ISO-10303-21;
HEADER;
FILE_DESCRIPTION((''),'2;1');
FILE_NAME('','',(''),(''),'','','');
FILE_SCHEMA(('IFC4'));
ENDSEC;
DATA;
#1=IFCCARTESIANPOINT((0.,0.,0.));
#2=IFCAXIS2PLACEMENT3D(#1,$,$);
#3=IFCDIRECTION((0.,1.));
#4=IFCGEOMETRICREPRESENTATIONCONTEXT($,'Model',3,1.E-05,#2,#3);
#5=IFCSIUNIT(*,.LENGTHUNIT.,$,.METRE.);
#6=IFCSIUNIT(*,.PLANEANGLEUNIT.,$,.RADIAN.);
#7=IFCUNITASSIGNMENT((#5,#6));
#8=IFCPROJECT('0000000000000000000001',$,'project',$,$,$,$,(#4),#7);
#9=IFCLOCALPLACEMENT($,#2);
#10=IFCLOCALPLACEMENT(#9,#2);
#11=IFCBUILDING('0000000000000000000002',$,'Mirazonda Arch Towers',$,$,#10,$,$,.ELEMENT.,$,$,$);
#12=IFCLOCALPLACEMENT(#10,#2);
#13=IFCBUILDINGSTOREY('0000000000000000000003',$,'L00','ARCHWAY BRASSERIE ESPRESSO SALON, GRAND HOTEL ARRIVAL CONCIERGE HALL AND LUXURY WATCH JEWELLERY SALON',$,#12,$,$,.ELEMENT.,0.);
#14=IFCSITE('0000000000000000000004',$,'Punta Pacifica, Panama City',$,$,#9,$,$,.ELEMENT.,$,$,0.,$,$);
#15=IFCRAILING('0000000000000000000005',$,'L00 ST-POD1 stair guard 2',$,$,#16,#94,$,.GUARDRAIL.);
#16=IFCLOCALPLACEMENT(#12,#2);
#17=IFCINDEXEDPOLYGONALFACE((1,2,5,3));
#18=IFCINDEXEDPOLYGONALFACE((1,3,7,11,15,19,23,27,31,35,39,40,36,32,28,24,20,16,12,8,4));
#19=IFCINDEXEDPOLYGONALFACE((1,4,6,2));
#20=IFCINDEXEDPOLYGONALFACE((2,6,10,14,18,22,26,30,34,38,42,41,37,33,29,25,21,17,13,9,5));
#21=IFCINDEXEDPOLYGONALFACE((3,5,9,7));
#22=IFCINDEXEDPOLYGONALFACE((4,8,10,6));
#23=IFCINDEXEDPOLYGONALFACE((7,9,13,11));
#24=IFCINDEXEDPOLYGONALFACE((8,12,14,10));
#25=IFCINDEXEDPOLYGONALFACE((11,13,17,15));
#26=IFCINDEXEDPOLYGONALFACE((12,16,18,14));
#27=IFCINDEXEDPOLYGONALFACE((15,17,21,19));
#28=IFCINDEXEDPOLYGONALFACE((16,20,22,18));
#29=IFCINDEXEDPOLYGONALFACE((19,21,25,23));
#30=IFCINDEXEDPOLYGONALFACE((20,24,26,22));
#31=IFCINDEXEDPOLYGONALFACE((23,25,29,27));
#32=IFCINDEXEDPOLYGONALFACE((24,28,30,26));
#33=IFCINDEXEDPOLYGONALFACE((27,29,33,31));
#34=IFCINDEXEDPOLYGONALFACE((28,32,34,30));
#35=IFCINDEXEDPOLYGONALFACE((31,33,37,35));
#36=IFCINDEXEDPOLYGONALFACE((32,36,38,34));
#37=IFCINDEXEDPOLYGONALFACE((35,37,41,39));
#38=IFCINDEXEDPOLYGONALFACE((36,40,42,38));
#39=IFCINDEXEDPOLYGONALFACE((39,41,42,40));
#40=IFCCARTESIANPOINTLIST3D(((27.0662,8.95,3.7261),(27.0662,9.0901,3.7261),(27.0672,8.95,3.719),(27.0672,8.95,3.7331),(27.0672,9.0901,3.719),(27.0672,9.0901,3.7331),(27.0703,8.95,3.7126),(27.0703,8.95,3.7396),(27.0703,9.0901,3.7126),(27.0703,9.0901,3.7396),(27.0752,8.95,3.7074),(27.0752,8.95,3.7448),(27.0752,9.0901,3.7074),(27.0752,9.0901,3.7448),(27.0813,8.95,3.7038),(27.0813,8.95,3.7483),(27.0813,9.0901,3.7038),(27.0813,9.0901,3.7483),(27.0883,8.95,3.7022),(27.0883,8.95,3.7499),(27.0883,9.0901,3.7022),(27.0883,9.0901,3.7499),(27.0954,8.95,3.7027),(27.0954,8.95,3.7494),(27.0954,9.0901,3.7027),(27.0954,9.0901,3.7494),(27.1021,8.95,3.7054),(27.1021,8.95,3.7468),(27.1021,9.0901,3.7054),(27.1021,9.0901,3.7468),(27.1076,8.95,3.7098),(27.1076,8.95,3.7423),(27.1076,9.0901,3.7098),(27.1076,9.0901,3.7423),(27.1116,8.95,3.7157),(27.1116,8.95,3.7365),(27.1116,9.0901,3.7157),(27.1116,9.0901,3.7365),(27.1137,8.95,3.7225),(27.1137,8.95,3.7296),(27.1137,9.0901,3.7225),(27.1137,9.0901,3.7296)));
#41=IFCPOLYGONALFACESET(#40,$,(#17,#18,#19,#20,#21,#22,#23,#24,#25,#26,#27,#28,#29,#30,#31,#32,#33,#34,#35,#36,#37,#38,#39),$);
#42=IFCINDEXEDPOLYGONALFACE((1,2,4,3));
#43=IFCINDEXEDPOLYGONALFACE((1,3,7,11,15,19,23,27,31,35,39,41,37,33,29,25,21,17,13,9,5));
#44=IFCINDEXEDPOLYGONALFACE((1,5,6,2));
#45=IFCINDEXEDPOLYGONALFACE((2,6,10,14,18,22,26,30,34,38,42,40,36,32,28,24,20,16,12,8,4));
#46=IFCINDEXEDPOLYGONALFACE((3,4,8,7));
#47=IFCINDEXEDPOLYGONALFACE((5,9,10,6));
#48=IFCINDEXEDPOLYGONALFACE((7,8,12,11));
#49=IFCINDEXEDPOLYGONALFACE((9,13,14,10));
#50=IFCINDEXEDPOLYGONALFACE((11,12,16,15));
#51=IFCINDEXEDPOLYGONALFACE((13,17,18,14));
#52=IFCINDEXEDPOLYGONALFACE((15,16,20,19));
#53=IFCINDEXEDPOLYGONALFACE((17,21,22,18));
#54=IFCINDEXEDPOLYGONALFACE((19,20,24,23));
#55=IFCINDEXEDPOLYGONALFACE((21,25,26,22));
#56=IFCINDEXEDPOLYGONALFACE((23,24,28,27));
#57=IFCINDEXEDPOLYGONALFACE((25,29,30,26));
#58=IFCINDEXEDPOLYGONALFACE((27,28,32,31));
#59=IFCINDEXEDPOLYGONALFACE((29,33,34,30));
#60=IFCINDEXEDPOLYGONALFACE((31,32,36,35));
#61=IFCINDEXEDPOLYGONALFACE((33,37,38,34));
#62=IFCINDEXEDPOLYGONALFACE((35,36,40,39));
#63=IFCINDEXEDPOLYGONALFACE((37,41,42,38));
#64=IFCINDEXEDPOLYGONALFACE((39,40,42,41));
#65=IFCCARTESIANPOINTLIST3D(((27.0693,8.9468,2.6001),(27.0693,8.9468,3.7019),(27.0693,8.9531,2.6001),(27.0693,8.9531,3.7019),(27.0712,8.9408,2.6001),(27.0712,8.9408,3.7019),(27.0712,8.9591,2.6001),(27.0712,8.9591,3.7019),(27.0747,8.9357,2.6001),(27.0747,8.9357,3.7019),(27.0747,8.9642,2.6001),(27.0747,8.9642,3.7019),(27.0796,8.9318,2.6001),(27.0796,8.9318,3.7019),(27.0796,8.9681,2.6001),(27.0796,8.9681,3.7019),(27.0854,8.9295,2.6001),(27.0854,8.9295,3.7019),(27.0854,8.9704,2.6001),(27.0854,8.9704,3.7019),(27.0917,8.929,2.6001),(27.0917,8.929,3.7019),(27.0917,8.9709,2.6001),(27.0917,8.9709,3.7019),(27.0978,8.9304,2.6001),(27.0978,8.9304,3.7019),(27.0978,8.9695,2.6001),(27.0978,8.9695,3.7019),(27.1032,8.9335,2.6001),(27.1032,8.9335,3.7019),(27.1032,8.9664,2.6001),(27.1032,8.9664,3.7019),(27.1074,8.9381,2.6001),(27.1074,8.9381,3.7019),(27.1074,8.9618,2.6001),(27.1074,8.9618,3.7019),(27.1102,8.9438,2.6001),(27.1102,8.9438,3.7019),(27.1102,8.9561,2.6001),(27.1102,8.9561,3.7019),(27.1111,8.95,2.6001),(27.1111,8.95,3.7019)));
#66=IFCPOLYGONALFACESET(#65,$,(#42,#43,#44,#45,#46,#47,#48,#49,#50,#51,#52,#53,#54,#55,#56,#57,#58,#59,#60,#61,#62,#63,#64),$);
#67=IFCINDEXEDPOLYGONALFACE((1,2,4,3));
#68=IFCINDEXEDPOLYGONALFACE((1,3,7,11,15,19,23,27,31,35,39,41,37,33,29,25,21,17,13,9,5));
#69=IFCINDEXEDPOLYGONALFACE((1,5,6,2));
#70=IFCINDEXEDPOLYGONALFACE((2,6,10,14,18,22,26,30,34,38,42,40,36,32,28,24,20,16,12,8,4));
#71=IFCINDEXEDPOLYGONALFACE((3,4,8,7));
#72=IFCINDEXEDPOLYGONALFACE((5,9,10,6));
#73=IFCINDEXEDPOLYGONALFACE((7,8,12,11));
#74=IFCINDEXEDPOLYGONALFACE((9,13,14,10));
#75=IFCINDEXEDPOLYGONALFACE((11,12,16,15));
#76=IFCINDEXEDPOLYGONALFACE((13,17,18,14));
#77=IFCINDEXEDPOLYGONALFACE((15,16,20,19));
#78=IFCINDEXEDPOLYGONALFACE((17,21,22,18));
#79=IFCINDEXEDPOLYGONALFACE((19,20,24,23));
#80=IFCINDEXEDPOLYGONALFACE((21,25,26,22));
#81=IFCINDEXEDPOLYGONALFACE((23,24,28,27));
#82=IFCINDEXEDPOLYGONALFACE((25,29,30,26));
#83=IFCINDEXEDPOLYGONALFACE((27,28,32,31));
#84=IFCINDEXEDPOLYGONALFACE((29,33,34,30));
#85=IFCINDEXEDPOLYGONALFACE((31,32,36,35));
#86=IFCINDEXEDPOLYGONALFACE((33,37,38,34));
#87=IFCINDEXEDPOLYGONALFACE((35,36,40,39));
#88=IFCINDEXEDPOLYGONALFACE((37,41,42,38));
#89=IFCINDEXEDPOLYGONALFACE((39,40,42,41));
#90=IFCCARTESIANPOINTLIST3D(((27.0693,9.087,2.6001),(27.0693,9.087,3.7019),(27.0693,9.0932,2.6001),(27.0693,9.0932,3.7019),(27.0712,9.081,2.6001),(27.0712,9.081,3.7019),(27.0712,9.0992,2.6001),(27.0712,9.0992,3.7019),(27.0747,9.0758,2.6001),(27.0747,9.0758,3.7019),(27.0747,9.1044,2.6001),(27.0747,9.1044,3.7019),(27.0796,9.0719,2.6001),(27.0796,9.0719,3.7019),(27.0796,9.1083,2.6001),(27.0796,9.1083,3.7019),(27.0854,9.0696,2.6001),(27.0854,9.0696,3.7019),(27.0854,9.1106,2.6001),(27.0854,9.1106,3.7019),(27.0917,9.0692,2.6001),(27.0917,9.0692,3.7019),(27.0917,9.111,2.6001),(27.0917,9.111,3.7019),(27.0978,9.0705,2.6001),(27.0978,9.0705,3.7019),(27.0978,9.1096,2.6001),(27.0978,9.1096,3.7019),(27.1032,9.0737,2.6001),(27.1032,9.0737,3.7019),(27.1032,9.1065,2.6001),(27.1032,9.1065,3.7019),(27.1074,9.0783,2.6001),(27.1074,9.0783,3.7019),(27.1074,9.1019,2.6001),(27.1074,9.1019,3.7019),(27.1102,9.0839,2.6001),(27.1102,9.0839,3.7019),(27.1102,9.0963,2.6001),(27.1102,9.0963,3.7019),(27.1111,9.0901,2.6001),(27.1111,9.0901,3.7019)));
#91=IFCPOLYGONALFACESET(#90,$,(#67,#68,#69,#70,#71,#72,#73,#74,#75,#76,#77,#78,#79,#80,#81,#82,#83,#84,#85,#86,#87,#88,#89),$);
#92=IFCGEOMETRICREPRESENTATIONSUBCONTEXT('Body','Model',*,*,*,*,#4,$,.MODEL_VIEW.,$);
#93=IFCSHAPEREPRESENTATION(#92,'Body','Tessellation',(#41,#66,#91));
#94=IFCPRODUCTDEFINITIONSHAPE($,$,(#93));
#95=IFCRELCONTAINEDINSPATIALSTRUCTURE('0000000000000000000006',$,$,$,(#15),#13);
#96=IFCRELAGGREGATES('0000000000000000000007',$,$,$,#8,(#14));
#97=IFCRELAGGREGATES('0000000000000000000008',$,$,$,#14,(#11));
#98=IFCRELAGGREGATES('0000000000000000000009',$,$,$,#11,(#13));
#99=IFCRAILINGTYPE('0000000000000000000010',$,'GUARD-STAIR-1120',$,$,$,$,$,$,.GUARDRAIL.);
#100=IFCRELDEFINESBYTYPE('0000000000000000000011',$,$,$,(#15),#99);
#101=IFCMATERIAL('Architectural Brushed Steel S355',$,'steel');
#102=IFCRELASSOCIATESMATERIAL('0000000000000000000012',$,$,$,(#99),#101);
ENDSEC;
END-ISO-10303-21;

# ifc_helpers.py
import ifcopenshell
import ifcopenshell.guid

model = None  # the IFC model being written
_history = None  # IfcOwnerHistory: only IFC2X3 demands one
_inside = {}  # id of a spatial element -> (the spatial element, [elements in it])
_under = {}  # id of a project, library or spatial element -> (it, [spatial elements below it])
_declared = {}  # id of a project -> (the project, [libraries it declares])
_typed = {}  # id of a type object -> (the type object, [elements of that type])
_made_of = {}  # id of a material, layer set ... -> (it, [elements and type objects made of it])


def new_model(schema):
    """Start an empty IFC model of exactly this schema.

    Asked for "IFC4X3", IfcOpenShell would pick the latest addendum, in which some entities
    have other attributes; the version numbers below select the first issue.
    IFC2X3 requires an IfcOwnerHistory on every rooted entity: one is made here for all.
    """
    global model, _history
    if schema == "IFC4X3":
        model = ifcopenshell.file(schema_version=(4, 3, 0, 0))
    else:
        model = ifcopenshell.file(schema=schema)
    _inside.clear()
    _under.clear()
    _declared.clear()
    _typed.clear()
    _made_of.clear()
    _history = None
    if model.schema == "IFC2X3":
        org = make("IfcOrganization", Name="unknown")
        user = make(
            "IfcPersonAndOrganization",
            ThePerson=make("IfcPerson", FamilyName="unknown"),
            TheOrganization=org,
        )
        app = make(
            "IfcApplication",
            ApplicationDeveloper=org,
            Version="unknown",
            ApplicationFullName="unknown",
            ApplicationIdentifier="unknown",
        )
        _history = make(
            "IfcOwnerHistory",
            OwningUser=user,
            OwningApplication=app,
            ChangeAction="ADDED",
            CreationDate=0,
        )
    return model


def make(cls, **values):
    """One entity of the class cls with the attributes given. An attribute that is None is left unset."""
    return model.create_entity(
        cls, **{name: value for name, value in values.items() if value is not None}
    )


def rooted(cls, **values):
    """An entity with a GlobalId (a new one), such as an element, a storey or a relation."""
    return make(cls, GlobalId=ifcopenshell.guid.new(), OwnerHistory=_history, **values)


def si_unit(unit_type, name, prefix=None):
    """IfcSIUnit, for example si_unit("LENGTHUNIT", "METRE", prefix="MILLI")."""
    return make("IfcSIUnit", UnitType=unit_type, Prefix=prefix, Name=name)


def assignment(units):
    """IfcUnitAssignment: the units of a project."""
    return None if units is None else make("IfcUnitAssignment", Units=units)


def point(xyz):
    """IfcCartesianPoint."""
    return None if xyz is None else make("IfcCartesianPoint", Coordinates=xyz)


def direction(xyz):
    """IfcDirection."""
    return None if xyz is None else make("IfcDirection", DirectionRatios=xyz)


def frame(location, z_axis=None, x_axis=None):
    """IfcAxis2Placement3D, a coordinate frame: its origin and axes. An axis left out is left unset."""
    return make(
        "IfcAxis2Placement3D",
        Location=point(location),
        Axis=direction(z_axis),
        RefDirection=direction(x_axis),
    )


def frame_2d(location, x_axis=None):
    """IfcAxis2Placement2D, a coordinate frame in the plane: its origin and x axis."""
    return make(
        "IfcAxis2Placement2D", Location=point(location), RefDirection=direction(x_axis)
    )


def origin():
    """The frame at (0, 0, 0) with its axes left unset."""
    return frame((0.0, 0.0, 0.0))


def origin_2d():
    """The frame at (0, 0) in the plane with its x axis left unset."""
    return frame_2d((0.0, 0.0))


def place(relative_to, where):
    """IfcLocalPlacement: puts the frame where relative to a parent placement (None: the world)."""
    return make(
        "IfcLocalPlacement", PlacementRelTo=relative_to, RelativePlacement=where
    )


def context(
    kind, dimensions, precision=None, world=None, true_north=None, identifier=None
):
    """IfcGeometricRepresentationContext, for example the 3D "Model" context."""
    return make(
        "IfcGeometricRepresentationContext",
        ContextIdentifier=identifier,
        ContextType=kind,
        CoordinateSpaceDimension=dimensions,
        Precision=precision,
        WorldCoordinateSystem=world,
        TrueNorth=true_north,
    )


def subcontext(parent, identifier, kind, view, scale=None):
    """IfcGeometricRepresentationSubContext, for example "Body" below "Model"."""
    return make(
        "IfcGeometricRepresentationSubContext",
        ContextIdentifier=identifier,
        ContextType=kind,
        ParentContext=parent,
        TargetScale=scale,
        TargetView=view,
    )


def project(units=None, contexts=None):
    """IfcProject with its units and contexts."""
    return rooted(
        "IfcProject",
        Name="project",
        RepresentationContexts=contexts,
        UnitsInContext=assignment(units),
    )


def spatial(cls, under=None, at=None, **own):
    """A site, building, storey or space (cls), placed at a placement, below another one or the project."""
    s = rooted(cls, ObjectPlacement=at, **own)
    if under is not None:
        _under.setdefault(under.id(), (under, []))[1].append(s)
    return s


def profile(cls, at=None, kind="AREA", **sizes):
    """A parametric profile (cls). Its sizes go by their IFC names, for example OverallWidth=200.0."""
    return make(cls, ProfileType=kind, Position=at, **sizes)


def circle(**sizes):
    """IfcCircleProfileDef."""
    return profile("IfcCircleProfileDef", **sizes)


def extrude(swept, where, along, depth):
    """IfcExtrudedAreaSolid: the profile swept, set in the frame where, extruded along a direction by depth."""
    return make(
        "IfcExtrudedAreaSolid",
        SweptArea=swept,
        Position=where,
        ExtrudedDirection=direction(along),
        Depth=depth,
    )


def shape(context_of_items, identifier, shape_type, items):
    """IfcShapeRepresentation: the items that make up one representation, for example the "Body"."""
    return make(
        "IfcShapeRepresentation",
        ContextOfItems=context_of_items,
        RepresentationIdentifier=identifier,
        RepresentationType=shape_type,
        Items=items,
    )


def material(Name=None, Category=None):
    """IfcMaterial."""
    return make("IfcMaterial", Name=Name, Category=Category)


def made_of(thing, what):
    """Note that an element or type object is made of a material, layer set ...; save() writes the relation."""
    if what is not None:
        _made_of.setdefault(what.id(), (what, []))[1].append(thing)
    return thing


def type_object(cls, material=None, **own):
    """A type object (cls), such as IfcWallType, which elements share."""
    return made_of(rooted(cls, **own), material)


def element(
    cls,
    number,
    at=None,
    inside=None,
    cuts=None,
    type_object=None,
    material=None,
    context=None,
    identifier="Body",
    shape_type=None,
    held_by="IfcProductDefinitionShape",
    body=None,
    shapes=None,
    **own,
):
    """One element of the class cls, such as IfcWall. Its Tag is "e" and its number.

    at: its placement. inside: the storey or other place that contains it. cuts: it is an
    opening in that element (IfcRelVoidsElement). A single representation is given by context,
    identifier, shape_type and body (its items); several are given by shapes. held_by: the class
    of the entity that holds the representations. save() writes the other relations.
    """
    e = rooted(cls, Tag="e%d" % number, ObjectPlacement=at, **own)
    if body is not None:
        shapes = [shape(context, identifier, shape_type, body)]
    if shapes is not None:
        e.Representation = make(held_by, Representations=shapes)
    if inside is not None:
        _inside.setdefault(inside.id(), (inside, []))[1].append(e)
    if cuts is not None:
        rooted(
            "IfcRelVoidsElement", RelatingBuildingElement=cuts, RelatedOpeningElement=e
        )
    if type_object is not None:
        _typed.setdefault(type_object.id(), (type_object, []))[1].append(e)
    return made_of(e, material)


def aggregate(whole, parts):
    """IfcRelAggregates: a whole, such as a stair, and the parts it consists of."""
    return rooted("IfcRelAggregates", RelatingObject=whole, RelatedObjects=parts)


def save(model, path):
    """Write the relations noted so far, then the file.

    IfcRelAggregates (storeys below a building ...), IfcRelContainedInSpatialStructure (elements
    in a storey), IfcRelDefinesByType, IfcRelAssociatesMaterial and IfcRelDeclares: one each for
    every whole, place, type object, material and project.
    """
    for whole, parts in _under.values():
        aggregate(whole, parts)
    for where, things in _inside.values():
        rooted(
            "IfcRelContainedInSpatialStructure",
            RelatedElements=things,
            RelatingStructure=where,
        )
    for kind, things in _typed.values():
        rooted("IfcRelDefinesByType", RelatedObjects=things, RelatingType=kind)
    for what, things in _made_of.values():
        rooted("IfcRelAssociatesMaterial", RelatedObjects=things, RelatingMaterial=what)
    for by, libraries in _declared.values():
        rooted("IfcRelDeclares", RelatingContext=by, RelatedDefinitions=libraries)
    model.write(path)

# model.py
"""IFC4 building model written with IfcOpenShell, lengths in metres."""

from ifc_helpers import new_model, si_unit, direction, frame, origin, origin_2d, place, context, subcontext, project, spatial, circle, extrude, material, type_object, element, save


model = new_model("IFC4")

# Units and contexts
model_context = context("Model", 3, precision=1e-05, world=origin(), true_north=direction((0.0, 1.0)))
body_context = subcontext(model_context, "Body", "Model", "MODEL_VIEW")
ifc_project = project(units=[si_unit("LENGTHUNIT", "METRE"), si_unit("PLANEANGLEUNIT", "RADIAN")], contexts=[model_context])

# Site, building, storey
site_placement = place(None, origin())
site = spatial("IfcSite", under=ifc_project, at=site_placement, Name="Punta Pacifica, Panama City", CompositionType="ELEMENT", RefElevation=0.0)
building_placement = place(site_placement, origin())
building = spatial("IfcBuilding", under=site, at=building_placement, Name="Mirazonda Arch Towers", CompositionType="ELEMENT")
storey_placement = place(building_placement, origin())
storey = spatial("IfcBuildingStorey", under=building, at=storey_placement, Name="L00", Description="ARCHWAY BRASSERIE ESPRESSO SALON, GRAND HOTEL ARRIVAL CONCIERGE HALL AND LUXURY WATCH JEWELLERY SALON", CompositionType="ELEMENT", Elevation=0.0)

# Railing
ifc_material_1 = material(Name="Architectural Brushed Steel S355", Category="steel")
railing_type_1 = type_object("IfcRailingType", Name="GUARD-STAIR-1120", PredefinedType="GUARDRAIL", material=ifc_material_1)
railing_1_placement = place(storey_placement, frame((27.0901, 8.95, 2.6001)))
element("IfcRailing", 1, at=railing_1_placement, inside=storey, type_object=railing_type_1, Name="L00 ST-POD1 stair guard 2", PredefinedType="GUARDRAIL", context=body_context, shape_type="SweptSolid", body=[
    extrude(circle(Radius=0.0239, at=origin_2d()), frame((0.0, 0.0, 1.126), z_axis=(0.0, 1.0, 0.0), x_axis=(-1.0, 0.0, 0.0)), (0.0, 0.0, 1.0), 0.1401),
    extrude(circle(Radius=0.021, at=origin_2d()), origin(), (0.0, 0.0, 1.0), 1.1018),
    extrude(circle(Radius=0.021, at=origin_2d()), frame((0.0, 0.1401, 0.0)), (0.0, 0.0, 1.0), 1.1018),
])

save(model, "model.ifc")
